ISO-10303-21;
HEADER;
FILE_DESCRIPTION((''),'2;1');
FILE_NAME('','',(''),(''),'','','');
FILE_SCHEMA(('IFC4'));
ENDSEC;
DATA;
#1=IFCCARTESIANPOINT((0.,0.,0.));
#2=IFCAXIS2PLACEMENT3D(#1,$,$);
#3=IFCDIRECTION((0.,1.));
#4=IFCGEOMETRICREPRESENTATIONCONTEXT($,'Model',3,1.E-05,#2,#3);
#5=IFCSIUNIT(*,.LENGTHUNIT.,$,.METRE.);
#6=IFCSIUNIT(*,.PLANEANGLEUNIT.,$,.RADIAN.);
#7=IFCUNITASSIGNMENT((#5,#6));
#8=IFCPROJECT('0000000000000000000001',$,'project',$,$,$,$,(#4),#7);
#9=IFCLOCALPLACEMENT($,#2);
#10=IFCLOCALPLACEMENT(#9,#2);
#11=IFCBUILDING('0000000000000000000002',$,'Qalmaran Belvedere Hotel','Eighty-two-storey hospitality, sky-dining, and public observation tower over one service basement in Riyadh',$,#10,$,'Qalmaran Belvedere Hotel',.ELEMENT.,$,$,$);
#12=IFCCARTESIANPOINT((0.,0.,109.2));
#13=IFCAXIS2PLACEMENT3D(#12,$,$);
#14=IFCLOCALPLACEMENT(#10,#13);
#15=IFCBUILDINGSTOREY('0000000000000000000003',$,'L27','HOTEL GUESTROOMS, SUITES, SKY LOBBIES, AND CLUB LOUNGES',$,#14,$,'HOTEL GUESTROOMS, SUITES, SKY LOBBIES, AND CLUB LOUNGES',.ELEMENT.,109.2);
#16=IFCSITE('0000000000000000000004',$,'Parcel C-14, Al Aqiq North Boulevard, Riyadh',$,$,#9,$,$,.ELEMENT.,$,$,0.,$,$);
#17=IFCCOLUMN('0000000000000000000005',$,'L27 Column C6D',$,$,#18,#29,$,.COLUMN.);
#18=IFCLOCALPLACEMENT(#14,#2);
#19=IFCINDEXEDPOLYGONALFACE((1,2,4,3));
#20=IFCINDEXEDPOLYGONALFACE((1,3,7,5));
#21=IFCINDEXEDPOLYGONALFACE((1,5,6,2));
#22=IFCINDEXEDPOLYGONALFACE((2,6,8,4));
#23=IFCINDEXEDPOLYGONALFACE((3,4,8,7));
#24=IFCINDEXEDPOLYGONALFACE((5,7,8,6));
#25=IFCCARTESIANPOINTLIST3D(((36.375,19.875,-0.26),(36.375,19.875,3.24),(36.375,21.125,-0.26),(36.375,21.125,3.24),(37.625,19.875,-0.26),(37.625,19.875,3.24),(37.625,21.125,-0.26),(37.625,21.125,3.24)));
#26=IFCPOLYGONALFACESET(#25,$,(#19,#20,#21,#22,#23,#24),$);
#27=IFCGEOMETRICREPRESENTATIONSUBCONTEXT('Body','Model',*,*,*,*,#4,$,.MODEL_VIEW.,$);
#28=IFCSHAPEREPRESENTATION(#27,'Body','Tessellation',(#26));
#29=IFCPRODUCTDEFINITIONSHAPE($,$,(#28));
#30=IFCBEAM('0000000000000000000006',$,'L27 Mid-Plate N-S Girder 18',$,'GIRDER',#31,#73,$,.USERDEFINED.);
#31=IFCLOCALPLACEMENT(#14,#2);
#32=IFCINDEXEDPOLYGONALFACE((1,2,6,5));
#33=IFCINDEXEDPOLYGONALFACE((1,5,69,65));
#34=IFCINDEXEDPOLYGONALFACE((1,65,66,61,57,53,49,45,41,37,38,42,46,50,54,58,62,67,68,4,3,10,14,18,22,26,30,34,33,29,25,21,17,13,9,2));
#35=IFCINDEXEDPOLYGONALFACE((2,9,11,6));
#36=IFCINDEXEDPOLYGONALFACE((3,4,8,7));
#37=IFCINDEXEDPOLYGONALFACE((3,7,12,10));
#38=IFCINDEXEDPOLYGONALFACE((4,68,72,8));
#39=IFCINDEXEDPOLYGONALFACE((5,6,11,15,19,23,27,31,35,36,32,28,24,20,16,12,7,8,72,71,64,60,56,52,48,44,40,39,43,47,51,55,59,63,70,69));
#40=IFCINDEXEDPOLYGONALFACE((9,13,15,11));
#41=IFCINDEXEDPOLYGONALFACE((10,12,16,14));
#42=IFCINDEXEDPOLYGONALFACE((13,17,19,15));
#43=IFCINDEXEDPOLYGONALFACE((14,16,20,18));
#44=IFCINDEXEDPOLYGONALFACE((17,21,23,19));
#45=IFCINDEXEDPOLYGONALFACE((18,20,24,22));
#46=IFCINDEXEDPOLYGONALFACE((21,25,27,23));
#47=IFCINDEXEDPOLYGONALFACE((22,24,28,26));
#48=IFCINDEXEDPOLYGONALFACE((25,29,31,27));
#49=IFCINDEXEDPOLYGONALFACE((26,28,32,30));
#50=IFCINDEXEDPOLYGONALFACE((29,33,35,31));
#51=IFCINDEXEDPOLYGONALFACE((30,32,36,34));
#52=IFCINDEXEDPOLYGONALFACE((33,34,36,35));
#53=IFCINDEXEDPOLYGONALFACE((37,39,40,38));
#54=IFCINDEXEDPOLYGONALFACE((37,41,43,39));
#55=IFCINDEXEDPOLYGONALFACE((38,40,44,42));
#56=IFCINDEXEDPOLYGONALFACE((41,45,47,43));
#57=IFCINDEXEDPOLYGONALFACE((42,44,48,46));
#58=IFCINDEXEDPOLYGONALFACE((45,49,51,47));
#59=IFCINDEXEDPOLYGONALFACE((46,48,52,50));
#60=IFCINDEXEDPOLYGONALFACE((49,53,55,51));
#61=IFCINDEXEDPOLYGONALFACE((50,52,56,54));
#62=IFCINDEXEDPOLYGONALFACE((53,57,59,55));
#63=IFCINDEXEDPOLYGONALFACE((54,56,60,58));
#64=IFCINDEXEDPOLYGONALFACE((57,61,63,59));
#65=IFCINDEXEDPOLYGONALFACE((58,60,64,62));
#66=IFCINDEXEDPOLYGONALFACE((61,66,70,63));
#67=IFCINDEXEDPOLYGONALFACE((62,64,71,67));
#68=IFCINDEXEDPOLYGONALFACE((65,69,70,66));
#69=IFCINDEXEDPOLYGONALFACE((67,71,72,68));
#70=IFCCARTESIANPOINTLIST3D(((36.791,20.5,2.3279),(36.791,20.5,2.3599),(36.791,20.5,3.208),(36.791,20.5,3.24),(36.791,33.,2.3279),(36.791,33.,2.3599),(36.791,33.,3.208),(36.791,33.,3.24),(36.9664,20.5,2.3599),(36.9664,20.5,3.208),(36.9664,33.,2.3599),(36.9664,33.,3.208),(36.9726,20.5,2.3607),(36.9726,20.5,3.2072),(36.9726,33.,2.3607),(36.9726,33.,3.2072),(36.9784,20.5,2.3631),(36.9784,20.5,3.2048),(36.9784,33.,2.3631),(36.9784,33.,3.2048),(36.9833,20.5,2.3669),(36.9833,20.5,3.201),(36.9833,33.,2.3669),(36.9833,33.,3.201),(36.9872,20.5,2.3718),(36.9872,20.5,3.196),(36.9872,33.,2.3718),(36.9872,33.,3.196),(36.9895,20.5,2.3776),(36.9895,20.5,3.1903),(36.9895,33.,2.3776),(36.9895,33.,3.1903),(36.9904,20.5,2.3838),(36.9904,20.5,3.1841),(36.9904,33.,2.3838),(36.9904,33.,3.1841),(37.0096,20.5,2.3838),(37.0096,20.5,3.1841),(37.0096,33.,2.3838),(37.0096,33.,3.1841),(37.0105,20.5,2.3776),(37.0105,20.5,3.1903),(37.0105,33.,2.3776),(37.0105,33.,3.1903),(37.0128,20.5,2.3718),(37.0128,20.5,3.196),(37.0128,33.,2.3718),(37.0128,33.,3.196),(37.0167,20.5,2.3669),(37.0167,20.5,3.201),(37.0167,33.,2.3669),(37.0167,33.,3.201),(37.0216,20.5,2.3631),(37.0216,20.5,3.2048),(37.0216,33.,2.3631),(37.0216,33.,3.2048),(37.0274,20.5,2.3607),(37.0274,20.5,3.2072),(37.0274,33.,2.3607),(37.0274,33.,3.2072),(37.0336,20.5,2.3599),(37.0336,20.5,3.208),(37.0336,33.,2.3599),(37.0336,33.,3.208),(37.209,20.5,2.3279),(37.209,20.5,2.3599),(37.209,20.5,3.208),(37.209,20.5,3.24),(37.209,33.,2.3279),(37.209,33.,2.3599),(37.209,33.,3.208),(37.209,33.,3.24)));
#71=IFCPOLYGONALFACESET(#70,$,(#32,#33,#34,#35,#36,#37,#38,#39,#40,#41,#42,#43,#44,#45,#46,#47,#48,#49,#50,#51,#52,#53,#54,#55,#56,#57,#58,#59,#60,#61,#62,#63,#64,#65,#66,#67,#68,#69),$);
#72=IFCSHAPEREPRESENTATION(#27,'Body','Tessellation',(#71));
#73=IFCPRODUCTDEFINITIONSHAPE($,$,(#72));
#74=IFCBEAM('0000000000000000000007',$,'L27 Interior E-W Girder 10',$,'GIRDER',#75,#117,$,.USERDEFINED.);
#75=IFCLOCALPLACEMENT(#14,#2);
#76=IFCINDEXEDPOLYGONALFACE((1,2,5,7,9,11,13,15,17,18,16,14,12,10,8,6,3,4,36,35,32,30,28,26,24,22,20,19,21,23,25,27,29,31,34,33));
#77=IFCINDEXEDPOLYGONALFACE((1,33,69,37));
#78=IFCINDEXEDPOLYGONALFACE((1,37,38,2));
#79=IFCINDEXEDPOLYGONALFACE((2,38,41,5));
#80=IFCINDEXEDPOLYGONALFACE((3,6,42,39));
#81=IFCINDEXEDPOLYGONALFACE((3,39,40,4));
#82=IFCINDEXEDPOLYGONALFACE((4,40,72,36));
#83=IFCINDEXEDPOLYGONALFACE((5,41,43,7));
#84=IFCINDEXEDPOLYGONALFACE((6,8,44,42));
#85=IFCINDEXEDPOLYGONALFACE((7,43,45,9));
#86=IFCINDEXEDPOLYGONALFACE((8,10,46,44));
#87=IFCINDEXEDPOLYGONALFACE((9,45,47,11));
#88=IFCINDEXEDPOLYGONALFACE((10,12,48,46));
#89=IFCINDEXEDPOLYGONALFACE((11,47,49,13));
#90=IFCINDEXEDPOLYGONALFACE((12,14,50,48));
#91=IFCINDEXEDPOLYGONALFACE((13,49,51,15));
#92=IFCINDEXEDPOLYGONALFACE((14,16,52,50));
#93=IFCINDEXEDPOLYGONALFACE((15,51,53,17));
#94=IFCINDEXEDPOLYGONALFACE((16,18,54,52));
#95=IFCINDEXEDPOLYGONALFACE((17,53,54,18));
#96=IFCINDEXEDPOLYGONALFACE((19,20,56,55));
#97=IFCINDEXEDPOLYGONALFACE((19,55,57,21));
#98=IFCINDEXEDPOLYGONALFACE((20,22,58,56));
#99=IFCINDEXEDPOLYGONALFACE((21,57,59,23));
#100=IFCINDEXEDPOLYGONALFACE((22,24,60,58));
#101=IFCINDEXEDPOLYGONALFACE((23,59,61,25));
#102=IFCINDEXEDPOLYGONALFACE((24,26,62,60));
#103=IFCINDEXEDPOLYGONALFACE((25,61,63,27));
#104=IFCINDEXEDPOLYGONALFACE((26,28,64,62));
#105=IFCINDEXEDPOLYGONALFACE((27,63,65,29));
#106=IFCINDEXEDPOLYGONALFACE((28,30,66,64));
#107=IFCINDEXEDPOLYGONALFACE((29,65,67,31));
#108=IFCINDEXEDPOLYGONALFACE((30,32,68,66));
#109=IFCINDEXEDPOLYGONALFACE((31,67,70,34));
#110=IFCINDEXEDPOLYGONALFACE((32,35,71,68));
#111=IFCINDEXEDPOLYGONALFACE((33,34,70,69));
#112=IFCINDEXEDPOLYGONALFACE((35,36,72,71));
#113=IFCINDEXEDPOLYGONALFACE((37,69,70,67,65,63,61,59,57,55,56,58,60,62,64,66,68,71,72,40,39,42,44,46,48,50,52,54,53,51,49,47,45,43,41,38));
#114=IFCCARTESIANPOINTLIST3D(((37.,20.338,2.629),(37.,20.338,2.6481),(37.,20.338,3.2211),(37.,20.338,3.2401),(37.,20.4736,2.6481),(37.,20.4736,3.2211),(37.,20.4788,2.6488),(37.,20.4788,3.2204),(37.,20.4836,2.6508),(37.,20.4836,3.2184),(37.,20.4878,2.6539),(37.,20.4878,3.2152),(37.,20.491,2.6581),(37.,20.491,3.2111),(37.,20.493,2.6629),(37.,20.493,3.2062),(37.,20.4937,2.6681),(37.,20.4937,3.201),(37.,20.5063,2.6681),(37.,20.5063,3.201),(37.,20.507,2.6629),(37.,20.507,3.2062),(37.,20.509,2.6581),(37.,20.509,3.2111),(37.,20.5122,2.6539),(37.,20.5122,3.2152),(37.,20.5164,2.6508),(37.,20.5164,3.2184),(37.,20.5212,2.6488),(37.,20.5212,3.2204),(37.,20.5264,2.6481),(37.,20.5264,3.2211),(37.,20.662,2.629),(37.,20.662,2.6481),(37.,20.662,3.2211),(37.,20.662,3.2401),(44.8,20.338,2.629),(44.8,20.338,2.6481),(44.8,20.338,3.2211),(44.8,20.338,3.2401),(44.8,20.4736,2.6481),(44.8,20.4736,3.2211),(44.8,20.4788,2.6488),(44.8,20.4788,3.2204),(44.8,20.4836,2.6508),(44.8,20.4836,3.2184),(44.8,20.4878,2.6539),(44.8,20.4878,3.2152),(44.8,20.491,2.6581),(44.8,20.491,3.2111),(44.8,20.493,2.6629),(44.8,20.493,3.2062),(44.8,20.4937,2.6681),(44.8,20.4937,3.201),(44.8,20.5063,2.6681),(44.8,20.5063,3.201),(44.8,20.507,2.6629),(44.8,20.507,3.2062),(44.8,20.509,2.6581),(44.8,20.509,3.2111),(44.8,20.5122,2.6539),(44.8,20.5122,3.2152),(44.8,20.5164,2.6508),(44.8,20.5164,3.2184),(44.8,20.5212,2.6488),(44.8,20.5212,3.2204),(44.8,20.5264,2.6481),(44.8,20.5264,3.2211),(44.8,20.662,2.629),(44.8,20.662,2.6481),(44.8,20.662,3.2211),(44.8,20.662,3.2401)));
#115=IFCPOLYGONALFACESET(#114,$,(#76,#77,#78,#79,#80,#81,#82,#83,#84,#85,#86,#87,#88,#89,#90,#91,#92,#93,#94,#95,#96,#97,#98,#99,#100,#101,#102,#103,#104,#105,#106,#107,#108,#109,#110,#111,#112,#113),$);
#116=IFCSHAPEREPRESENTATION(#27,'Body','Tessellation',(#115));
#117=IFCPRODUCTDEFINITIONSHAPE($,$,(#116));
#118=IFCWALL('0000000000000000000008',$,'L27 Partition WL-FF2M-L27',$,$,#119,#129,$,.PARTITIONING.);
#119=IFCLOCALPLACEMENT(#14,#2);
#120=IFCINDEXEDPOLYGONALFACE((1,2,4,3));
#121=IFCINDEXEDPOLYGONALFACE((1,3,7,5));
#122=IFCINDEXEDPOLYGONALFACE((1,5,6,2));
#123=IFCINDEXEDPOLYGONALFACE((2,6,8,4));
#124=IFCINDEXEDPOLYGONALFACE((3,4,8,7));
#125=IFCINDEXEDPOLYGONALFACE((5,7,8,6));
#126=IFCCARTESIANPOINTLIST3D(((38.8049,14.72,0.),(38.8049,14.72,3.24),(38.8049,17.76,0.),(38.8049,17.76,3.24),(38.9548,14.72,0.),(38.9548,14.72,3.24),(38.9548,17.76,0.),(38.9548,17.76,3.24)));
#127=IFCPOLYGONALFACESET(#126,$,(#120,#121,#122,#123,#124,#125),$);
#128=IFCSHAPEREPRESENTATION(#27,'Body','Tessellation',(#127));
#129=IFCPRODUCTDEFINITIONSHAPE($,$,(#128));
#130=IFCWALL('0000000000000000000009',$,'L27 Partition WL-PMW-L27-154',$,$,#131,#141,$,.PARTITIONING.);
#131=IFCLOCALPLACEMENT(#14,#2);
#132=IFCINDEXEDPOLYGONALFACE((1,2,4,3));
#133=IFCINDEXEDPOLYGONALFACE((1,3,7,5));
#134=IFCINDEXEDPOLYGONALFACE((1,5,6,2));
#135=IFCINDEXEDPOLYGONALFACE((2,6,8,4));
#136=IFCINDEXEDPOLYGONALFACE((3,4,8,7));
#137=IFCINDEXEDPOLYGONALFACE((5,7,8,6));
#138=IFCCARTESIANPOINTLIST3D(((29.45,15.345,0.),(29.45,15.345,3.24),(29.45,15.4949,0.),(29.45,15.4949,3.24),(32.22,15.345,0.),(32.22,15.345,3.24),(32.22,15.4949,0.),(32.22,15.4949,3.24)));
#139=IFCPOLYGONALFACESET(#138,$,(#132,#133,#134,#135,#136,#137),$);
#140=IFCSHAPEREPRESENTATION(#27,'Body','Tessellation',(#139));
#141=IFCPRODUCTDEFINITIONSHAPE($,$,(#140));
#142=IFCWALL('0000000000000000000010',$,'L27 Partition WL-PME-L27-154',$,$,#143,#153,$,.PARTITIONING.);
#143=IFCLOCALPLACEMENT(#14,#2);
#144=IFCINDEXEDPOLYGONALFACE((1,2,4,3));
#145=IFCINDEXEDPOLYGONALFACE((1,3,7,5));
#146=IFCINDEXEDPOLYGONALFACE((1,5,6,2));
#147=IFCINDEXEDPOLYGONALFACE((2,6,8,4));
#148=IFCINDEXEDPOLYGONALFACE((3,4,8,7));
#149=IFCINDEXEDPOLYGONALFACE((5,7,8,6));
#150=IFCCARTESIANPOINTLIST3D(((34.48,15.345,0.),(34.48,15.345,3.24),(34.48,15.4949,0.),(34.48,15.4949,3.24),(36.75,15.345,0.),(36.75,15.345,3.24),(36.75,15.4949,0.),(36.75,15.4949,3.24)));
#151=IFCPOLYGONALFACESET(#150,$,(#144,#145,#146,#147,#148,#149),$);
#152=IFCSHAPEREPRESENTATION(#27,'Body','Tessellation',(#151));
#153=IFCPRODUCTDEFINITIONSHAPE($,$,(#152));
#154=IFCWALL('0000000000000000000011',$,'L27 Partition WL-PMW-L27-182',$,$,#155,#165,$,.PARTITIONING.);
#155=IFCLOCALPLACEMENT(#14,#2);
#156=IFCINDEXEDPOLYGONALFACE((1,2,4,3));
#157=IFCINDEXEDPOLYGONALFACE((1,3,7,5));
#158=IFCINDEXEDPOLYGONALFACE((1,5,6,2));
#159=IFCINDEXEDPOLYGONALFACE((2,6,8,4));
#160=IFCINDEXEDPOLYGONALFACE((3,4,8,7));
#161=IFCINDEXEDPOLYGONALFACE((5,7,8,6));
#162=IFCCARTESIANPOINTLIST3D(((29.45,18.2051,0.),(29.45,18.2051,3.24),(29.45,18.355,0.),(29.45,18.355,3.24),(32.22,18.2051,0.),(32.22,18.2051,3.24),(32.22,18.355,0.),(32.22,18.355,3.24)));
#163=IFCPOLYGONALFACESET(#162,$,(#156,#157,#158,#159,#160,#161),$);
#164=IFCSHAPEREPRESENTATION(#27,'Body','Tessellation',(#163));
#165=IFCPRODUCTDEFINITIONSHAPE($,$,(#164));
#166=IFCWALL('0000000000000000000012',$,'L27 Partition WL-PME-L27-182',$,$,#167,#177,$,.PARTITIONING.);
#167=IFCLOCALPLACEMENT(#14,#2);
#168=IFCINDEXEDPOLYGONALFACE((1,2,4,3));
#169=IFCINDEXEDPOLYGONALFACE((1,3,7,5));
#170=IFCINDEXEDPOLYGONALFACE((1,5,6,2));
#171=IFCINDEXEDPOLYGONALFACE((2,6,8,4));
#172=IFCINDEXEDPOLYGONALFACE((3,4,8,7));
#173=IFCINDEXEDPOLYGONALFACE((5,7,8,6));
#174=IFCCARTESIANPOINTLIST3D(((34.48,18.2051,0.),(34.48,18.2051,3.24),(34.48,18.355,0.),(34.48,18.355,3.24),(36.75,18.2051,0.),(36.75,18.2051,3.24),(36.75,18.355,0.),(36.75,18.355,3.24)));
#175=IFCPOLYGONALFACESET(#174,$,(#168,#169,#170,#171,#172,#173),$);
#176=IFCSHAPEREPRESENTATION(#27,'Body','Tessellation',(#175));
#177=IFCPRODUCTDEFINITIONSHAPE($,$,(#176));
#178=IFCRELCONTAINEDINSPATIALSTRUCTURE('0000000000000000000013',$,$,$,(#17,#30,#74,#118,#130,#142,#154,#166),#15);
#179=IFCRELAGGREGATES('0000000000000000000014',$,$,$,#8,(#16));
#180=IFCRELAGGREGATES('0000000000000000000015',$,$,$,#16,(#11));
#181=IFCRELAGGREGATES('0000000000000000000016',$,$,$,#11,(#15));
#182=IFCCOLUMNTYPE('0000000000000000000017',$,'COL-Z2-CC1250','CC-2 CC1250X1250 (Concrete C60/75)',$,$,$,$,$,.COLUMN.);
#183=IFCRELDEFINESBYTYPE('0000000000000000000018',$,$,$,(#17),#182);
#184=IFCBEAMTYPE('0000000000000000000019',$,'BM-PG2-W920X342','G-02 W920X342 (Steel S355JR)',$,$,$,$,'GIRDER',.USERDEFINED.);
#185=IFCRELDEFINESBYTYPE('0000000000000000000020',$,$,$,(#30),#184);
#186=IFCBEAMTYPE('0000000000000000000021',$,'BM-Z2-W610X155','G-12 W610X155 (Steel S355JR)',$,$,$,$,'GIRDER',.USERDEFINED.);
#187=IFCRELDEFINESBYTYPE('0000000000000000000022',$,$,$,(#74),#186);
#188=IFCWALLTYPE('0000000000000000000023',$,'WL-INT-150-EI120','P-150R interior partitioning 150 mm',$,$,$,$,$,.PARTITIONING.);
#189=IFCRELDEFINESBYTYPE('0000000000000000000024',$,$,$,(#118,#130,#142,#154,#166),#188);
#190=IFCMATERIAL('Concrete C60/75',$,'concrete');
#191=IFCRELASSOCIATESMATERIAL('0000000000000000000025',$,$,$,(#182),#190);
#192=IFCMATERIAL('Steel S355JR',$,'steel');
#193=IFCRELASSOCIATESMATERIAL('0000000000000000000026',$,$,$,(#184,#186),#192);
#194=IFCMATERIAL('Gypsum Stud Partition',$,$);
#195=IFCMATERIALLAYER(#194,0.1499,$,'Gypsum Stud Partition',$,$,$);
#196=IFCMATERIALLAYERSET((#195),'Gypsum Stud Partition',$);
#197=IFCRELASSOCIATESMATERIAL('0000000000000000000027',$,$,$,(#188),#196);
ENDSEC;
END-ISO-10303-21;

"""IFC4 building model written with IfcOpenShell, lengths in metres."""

from ifc_helpers import new_model, si_unit, direction, frame, frame_2d, origin, origin_2d, place, context, subcontext, project, spatial, rectangle, i_section, extrude, material, layer, layer_set, material_profile, profile_set, type_object, element, save


model = new_model("IFC4")

# Units and contexts
model_context = context("Model", 3, precision=1e-05, world=origin(), true_north=direction((0.0, 1.0)))
body_context = subcontext(model_context, "Body", "Model", "MODEL_VIEW")
ifc_project = project(units=[si_unit("LENGTHUNIT", "METRE"), si_unit("PLANEANGLEUNIT", "RADIAN")], contexts=[model_context])

# Site, building, storey
site_placement = place(None, origin())
site = spatial("IfcSite", under=ifc_project, at=site_placement, Name="Parcel C-14, Al Aqiq North Boulevard, Riyadh", CompositionType="ELEMENT", RefElevation=0.0)
building_placement = place(site_placement, origin())
building = spatial("IfcBuilding", under=site, at=building_placement, Name="Qalmaran Belvedere Hotel", Description="Eighty-two-storey hospitality, sky-dining, and public observation tower over one service basement in Riyadh", LongName="Qalmaran Belvedere Hotel", CompositionType="ELEMENT")
storey_placement = place(building_placement, frame((0.0, 0.0, 109.2)))
storey = spatial("IfcBuildingStorey", under=building, at=storey_placement, Name="L27", Description="HOTEL GUESTROOMS, SUITES, SKY LOBBIES, AND CLUB LOUNGES", LongName="HOTEL GUESTROOMS, SUITES, SKY LOBBIES, AND CLUB LOUNGES", CompositionType="ELEMENT", Elevation=109.2)

# Column
ifc_material_1 = material(Name="Concrete C60/75", Category="concrete")
ifc_material_profile_1 = material_profile(ifc_material_1, rectangle(XDim=1.25, YDim=1.25, at=origin_2d()), Name="CC1250X1250")
ifc_profile_set_1 = profile_set([ifc_material_profile_1], Name="Concrete C60/75")
column_type = type_object("IfcColumnType", Name="COL-Z2-CC1250", Description="CC-2 CC1250X1250 (Concrete C60/75)", PredefinedType="COLUMN", material=ifc_profile_set_1)
column_placement = place(storey_placement, frame((37.0, 20.5, -0.26), z_axis=(0.0, 0.0, 1.0), x_axis=(1.0, 0.0, 0.0)))
element("IfcColumn", 1, at=column_placement, inside=storey, type_object=column_type, Name="L27 Column C6D", PredefinedType="COLUMN", context=body_context, shape_type="SweptSolid", body=[
    extrude(rectangle(XDim=1.25, YDim=1.25, at=origin_2d()), origin(), (0.0, 0.0, 1.0), 3.5),
])

# Beams
ifc_material_2 = material(Name="Steel S355JR", Category="steel")
ifc_material_profile_2 = material_profile(ifc_material_2, i_section(OverallWidth=0.418, OverallDepth=0.9121, WebThickness=0.0193, FlangeThickness=0.032, FilletRadius=0.0239, at=origin_2d()), Name="W920X342")
ifc_profile_set_2 = profile_set([ifc_material_profile_2], Name="Steel S355JR")
beam_type_1 = type_object("IfcBeamType", Name="BM-PG2-W920X342", Description="G-02 W920X342 (Steel S355JR)", ElementType="GIRDER", PredefinedType="USERDEFINED", material=ifc_profile_set_2)
beam_1_placement = place(storey_placement, frame((37.0, 20.5, 2.7839), z_axis=(0.0, 1.0, 0.0), x_axis=(-1.0, 0.0, 0.0)))
element("IfcBeam", 2, at=beam_1_placement, inside=storey, type_object=beam_type_1, Name="L27 Mid-Plate N-S Girder 18", ObjectType="GIRDER", PredefinedType="USERDEFINED", context=body_context, shape_type="SweptSolid", body=[
    extrude(i_section(OverallWidth=0.418, OverallDepth=0.9121, WebThickness=0.0193, FlangeThickness=0.032, FilletRadius=0.0239, at=origin_2d()), origin(), (0.0, 0.0, 1.0), 12.5),
])
ifc_material_profile_3 = material_profile(ifc_material_2, i_section(OverallWidth=0.324, OverallDepth=0.6111, WebThickness=0.0127, FlangeThickness=0.019, FilletRadius=0.02, at=origin_2d()), Name="W610X155")
ifc_profile_set_3 = profile_set([ifc_material_profile_3], Name="Steel S355JR")
beam_type_2 = type_object("IfcBeamType", Name="BM-Z2-W610X155", Description="G-12 W610X155 (Steel S355JR)", ElementType="GIRDER", PredefinedType="USERDEFINED", material=ifc_profile_set_3)
beam_2_placement = place(storey_placement, frame((37.0, 20.5, 2.9346), z_axis=(1.0, 0.0, 0.0), x_axis=(0.0, 1.0, 0.0)))
element("IfcBeam", 3, at=beam_2_placement, inside=storey, type_object=beam_type_2, Name="L27 Interior E-W Girder 10", ObjectType="GIRDER", PredefinedType="USERDEFINED", context=body_context, shape_type="SweptSolid", body=[
    extrude(i_section(OverallWidth=0.324, OverallDepth=0.6111, WebThickness=0.0127, FlangeThickness=0.019, FilletRadius=0.02, at=origin_2d()), origin(), (0.0, 0.0, 1.0), 7.8),
])

# Walls
ifc_material_3 = material(Name="Gypsum Stud Partition")
ifc_layer_1 = layer(ifc_material_3, 0.1499, Name="Gypsum Stud Partition")
ifc_layer_set_1 = layer_set([ifc_layer_1], Name="Gypsum Stud Partition")
wall_type_1 = type_object("IfcWallType", Name="WL-INT-150-EI120", Description="P-150R interior partitioning 150 mm", PredefinedType="PARTITIONING", material=ifc_layer_set_1)
wall_1_placement = place(storey_placement, frame((38.8799, 14.72, 0.0), z_axis=(0.0, 0.0, 1.0), x_axis=(0.0, 1.0, 0.0)))
element("IfcWall", 4, at=wall_1_placement, inside=storey, type_object=wall_type_1, Name="L27 Partition WL-FF2M-L27", PredefinedType="PARTITIONING", context=body_context, shape_type="SweptSolid", body=[
    extrude(rectangle(XDim=3.04, YDim=0.1499, at=frame_2d((1.52, 0.0))), origin(), (0.0, 0.0, 1.0), 3.24),
])
wall_2_placement = place(storey_placement, frame((29.45, 15.4199, 0.0), z_axis=(0.0, 0.0, 1.0), x_axis=(1.0, 0.0, 0.0)))
element("IfcWall", 5, at=wall_2_placement, inside=storey, type_object=wall_type_1, Name="L27 Partition WL-PMW-L27-154", PredefinedType="PARTITIONING", context=body_context, shape_type="SweptSolid", body=[
    extrude(rectangle(XDim=2.77, YDim=0.1499, at=frame_2d((1.385, 0.0))), origin(), (0.0, 0.0, 1.0), 3.24),
])
wall_3_placement = place(storey_placement, frame((34.48, 15.4199, 0.0), z_axis=(0.0, 0.0, 1.0), x_axis=(1.0, 0.0, 0.0)))
element("IfcWall", 6, at=wall_3_placement, inside=storey, type_object=wall_type_1, Name="L27 Partition WL-PME-L27-154", PredefinedType="PARTITIONING", context=body_context, shape_type="SweptSolid", body=[
    extrude(rectangle(XDim=2.27, YDim=0.1499, at=frame_2d((1.135, 0.0))), origin(), (0.0, 0.0, 1.0), 3.24),
])
wall_4_placement = place(storey_placement, frame((29.45, 18.28, 0.0), z_axis=(0.0, 0.0, 1.0), x_axis=(1.0, 0.0, 0.0)))
element("IfcWall", 7, at=wall_4_placement, inside=storey, type_object=wall_type_1, Name="L27 Partition WL-PMW-L27-182", PredefinedType="PARTITIONING", context=body_context, shape_type="SweptSolid", body=[
    extrude(rectangle(XDim=2.77, YDim=0.1499, at=frame_2d((1.385, 0.0))), origin(), (0.0, 0.0, 1.0), 3.24),
])
wall_5_placement = place(storey_placement, frame((34.48, 18.28, 0.0), z_axis=(0.0, 0.0, 1.0), x_axis=(1.0, 0.0, 0.0)))
element("IfcWall", 8, at=wall_5_placement, inside=storey, type_object=wall_type_1, Name="L27 Partition WL-PME-L27-182", PredefinedType="PARTITIONING", context=body_context, shape_type="SweptSolid", body=[
    extrude(rectangle(XDim=2.27, YDim=0.1499, at=frame_2d((1.135, 0.0))), origin(), (0.0, 0.0, 1.0), 3.24),
])

save(model, "model.ifc")
